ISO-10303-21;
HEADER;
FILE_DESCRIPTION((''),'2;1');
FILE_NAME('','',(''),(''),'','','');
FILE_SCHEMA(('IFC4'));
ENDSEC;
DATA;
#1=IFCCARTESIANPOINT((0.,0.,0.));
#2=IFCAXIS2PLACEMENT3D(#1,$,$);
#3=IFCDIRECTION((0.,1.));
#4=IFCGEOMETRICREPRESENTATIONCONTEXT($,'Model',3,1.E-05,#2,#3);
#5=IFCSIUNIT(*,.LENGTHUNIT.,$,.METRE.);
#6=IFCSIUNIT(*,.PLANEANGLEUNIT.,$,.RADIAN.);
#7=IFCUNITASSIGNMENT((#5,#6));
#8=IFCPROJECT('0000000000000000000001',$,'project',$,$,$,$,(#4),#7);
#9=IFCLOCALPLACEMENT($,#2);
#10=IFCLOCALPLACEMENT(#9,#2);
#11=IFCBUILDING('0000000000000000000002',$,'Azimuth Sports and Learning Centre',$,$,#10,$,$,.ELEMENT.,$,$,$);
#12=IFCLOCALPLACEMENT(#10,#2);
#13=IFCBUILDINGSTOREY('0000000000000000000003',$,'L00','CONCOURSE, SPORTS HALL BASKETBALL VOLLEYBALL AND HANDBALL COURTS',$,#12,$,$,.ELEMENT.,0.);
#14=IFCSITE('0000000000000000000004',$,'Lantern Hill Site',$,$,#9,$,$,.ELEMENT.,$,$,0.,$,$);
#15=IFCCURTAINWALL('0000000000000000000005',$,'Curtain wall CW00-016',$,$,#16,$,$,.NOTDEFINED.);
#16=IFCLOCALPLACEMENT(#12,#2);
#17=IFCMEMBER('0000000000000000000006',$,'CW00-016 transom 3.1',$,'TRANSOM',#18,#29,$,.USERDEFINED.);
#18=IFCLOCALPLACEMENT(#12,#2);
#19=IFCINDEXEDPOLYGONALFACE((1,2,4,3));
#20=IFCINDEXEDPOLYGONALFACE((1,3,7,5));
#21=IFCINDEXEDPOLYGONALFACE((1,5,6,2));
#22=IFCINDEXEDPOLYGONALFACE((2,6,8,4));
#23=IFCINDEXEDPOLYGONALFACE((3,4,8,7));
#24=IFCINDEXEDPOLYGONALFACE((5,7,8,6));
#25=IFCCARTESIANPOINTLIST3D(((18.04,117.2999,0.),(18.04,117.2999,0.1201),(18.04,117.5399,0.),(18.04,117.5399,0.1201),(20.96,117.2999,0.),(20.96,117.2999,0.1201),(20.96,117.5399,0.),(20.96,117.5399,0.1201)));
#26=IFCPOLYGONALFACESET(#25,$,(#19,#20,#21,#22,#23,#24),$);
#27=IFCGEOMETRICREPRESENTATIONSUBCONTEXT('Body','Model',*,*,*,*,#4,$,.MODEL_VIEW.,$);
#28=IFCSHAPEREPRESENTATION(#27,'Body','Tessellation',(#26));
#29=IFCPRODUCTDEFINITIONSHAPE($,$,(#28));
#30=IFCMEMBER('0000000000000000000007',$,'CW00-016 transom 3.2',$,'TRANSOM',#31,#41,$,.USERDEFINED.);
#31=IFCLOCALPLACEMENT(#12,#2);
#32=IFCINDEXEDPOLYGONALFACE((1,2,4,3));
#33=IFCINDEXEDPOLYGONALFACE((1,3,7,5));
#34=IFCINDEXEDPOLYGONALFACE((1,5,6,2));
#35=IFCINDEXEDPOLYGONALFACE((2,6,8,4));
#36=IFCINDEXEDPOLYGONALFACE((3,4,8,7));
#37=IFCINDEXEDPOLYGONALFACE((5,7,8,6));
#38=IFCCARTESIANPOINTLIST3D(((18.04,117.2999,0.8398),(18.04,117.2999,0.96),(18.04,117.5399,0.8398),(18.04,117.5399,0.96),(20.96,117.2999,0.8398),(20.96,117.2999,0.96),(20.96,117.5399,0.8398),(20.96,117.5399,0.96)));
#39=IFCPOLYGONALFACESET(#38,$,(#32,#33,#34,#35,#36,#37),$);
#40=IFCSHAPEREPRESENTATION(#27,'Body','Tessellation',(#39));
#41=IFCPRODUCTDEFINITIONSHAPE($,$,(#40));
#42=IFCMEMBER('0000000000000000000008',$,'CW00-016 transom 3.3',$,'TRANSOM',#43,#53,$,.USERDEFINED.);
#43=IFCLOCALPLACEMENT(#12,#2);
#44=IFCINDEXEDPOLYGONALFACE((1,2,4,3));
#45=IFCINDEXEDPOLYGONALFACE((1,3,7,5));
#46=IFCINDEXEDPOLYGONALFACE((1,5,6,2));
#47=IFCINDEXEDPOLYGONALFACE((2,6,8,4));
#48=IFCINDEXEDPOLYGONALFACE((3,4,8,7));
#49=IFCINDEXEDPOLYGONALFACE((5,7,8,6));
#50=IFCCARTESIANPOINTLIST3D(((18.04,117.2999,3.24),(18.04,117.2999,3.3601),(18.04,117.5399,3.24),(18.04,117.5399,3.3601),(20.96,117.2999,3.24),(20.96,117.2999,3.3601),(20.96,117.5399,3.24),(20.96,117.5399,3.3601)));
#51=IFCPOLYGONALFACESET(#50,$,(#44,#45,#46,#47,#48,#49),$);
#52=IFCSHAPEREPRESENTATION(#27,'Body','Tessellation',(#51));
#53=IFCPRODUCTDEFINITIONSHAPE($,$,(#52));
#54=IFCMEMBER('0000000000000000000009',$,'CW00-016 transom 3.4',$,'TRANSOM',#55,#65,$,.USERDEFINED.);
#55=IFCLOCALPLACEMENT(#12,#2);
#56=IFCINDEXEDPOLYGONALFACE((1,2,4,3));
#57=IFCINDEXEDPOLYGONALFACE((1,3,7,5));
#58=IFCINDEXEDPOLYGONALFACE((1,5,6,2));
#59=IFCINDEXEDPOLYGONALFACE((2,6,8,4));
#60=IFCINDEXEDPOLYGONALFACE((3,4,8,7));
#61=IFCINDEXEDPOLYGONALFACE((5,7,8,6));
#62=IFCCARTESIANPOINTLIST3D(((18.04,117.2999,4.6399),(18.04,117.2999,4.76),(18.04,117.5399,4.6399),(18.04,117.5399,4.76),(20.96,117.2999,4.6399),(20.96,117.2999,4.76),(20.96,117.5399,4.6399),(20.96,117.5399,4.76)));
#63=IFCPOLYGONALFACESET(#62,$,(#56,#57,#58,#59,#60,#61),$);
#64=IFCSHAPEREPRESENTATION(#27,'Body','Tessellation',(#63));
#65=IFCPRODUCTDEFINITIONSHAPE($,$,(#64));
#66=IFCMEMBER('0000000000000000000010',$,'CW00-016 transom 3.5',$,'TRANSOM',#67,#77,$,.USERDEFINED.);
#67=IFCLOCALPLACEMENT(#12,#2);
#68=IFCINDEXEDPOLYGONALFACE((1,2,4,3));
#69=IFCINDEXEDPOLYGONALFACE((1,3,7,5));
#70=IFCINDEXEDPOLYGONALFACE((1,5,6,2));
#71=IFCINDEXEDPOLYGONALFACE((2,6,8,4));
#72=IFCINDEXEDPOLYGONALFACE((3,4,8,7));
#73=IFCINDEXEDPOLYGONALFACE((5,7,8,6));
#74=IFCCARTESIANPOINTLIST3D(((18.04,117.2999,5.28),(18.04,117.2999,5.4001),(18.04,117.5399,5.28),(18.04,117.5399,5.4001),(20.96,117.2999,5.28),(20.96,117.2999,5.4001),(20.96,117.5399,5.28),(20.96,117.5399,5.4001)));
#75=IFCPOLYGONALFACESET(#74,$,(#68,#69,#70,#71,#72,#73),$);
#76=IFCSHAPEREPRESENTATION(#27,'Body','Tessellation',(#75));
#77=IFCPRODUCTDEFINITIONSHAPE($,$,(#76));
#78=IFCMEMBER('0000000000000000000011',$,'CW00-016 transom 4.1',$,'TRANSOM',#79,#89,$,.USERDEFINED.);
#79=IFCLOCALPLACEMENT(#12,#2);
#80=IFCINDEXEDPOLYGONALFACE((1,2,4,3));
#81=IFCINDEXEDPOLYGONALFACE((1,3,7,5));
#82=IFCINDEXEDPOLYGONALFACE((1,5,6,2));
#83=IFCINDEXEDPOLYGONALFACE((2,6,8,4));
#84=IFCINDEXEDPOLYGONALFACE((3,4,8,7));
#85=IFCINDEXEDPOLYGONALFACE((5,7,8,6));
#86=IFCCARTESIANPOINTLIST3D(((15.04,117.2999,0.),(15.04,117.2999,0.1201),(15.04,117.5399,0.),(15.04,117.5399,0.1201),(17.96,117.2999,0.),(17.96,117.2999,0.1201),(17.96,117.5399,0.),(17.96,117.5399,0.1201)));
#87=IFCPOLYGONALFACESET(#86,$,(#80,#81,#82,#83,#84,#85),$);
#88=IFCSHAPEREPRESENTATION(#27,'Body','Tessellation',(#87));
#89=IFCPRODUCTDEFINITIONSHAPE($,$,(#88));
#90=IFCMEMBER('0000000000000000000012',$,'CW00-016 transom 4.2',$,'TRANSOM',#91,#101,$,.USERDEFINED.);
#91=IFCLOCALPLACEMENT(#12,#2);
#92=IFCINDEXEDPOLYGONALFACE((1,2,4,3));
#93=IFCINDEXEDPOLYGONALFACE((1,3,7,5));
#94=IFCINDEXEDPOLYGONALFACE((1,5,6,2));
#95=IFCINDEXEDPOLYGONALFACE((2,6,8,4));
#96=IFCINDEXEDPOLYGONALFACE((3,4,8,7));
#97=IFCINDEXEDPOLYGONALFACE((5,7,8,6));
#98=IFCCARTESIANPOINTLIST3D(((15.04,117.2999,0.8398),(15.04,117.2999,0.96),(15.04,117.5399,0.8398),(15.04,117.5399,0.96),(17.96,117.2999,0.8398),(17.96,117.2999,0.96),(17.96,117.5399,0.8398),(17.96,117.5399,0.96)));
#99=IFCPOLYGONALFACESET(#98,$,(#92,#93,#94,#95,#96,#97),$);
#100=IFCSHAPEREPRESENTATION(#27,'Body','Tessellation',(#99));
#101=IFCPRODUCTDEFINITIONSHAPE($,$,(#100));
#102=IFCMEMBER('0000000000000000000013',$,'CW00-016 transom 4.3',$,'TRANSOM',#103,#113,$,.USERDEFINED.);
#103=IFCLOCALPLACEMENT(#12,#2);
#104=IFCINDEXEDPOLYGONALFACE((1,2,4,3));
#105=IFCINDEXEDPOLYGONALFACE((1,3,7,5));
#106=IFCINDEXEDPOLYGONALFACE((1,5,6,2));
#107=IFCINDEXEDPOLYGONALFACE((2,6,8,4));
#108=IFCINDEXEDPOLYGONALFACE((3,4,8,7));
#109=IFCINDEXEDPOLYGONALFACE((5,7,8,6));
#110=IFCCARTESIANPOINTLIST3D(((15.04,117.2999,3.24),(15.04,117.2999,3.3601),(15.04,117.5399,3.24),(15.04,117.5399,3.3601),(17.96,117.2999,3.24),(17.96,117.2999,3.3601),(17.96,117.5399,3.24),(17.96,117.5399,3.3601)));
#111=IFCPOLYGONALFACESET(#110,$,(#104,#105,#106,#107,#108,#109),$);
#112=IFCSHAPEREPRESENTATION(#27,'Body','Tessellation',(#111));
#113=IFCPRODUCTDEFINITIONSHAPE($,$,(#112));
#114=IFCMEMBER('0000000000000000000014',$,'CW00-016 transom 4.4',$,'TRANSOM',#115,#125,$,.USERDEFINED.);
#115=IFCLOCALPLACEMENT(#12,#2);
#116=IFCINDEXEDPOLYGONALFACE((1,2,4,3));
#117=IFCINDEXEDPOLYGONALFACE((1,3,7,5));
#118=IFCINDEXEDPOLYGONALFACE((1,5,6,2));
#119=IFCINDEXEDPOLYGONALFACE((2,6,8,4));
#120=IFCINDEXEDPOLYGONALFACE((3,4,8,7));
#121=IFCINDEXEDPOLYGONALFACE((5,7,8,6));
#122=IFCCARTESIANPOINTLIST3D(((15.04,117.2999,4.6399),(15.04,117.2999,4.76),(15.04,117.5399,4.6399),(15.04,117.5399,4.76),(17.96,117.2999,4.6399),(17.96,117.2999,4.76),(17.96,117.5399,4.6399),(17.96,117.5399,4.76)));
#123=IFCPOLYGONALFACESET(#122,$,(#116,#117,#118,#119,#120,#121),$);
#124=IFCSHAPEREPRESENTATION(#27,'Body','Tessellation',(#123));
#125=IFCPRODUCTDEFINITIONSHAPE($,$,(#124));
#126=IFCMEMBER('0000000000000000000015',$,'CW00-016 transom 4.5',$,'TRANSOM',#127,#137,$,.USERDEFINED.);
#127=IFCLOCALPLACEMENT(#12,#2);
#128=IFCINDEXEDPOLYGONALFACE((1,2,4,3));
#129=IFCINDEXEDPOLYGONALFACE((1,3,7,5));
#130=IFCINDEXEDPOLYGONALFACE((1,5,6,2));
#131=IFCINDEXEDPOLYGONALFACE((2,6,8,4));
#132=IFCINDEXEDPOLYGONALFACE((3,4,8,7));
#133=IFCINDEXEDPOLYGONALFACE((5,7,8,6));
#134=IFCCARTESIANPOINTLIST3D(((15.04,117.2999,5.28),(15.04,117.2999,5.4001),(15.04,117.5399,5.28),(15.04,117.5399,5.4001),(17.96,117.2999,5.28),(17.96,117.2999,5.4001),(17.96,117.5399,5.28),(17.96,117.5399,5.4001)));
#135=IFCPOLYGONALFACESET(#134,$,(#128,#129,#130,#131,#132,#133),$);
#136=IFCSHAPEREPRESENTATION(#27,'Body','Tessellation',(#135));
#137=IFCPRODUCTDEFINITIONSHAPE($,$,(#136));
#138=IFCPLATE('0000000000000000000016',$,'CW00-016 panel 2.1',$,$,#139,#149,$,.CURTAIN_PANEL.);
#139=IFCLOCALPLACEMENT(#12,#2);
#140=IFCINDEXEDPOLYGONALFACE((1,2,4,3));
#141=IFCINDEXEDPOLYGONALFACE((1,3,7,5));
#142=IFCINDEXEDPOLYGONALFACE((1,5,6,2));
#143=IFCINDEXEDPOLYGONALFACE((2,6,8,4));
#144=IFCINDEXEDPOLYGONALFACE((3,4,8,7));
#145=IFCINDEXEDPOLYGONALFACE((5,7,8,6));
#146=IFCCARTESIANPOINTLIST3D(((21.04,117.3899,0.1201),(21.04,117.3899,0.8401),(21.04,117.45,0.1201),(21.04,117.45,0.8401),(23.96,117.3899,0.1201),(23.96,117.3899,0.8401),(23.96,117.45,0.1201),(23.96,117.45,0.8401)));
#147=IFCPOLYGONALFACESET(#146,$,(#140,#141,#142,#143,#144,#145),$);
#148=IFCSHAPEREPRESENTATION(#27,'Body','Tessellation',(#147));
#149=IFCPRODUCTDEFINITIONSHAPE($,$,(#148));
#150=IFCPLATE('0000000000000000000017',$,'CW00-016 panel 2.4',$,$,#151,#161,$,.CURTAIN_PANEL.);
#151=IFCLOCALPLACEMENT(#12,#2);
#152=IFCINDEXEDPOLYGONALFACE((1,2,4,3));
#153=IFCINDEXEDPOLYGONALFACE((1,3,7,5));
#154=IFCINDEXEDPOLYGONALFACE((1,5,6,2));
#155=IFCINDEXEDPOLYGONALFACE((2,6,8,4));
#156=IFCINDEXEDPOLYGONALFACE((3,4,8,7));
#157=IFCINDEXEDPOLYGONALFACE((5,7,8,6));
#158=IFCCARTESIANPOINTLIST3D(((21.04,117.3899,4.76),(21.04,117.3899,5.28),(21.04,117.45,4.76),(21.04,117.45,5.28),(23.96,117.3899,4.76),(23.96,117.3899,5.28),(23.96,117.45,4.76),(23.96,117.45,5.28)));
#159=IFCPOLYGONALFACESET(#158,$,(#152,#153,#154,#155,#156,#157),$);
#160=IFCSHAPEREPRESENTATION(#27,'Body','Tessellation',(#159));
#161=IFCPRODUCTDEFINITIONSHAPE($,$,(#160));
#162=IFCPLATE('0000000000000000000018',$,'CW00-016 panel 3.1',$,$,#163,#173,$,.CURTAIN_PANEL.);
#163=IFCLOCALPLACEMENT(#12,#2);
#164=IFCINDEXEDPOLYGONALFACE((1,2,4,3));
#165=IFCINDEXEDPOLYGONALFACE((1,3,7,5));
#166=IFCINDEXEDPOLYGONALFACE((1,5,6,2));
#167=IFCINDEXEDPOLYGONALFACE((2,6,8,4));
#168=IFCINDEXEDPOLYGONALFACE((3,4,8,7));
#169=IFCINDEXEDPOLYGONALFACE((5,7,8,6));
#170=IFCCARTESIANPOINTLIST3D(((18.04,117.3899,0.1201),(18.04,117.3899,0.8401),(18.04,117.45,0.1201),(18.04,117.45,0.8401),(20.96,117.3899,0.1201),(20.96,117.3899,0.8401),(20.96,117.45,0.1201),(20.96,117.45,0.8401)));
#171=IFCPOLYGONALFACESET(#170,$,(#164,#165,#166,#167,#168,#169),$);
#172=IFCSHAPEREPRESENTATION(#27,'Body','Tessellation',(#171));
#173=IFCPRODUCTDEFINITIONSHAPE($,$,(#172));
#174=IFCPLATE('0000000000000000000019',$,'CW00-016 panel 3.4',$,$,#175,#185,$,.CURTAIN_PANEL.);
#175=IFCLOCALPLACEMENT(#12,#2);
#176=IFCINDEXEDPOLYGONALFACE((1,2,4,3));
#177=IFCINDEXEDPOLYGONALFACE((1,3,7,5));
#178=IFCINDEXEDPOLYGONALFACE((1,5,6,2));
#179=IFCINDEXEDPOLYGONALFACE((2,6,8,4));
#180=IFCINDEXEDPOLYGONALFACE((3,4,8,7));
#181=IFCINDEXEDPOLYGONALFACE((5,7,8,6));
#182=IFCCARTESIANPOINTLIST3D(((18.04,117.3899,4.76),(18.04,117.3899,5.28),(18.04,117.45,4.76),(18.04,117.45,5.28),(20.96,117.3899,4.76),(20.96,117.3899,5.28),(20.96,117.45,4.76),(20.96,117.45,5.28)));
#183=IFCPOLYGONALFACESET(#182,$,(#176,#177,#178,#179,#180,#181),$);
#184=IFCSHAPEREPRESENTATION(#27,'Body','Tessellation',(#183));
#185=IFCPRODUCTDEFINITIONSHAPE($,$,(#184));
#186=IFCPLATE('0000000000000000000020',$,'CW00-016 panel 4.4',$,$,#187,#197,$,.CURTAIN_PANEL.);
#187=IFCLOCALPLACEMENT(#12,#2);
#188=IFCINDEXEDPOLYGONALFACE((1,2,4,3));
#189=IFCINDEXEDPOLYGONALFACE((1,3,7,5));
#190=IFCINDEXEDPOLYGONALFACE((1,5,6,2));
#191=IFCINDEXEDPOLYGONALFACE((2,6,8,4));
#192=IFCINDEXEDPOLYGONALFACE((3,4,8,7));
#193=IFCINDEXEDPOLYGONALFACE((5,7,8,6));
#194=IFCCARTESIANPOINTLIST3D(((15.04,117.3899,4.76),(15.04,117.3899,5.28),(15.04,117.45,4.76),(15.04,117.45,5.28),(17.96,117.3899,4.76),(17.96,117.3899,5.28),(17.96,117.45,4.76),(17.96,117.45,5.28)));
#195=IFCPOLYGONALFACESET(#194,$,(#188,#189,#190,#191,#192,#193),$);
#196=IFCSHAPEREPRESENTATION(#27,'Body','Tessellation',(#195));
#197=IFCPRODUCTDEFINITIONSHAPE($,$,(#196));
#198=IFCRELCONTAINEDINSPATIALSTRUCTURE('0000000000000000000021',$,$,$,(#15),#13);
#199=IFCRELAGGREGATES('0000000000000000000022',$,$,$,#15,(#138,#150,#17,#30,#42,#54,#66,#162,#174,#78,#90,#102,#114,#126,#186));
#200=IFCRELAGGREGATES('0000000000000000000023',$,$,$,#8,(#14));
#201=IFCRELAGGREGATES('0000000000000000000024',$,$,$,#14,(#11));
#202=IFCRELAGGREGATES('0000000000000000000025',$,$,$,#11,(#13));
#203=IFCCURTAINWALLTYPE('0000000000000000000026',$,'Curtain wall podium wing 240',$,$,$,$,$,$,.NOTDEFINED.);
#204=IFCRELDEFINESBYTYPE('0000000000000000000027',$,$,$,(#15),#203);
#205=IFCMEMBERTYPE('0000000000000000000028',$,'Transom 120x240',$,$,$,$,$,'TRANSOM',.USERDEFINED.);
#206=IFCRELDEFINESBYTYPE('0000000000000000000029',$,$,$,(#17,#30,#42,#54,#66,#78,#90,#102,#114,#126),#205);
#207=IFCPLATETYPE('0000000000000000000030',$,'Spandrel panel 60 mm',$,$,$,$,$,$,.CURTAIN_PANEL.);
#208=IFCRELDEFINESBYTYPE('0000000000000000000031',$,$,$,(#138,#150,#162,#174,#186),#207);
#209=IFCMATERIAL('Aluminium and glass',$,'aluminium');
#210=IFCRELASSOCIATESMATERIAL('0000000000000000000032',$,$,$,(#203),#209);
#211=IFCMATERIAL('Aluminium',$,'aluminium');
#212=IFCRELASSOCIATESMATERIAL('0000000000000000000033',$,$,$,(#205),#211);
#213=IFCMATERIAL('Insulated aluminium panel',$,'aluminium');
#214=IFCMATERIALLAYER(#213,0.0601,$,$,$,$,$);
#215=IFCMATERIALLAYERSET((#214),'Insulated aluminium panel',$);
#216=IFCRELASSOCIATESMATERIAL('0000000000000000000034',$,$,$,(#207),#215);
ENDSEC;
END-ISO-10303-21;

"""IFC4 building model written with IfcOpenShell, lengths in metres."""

from ifc_helpers import new_model, si_unit, direction, frame, origin, origin_2d, place, context, subcontext, project, spatial, rectangle, extrude, material, layer, layer_set, material_profile, profile_set, type_object, element, aggregate, save


model = new_model("IFC4")

# Units and contexts
model_context = context("Model", 3, precision=1e-05, world=origin(), true_north=direction((0.0, 1.0)))
body_context = subcontext(model_context, "Body", "Model", "MODEL_VIEW")
ifc_project = project(units=[si_unit("LENGTHUNIT", "METRE"), si_unit("PLANEANGLEUNIT", "RADIAN")], contexts=[model_context])

# Site, building, storey
site_placement = place(None, origin())
site = spatial("IfcSite", under=ifc_project, at=site_placement, Name="Lantern Hill Site", CompositionType="ELEMENT", RefElevation=0.0)
building_placement = place(site_placement, origin())
building = spatial("IfcBuilding", under=site, at=building_placement, Name="Azimuth Sports and Learning Centre", CompositionType="ELEMENT")
storey_placement = place(building_placement, origin())
storey = spatial("IfcBuildingStorey", under=building, at=storey_placement, Name="L00", Description="CONCOURSE, SPORTS HALL BASKETBALL VOLLEYBALL AND HANDBALL COURTS", CompositionType="ELEMENT", Elevation=0.0)

# Curtain wall, members, plates
ifc_material_1 = material(Name="Aluminium and glass", Category="aluminium")
curtain_wall_type = type_object("IfcCurtainWallType", Name="Curtain wall podium wing 240", PredefinedType="NOTDEFINED", material=ifc_material_1)
curtain_wall_placement = place(storey_placement, origin())
curtain_wall = element("IfcCurtainWall", 1, at=curtain_wall_placement, inside=storey, type_object=curtain_wall_type, Name="Curtain wall CW00-016", PredefinedType="NOTDEFINED")
ifc_material_2 = material(Name="Aluminium", Category="aluminium")
ifc_material_profile_1 = material_profile(ifc_material_2, rectangle(XDim=0.24, YDim=0.1201, at=origin_2d()), Name="Transom 120x240")
ifc_profile_set_1 = profile_set([ifc_material_profile_1], Name="Aluminium")
member_type_1 = type_object("IfcMemberType", Name="Transom 120x240", ElementType="TRANSOM", PredefinedType="USERDEFINED", material=ifc_profile_set_1)
member_1_placement = place(storey_placement, frame((20.96, 117.4199, 0.0601), z_axis=(-1.0, 0.0, 0.0), x_axis=(0.0, -1.0, 0.0)))
member_1 = element("IfcMember", 2, at=member_1_placement, type_object=member_type_1, Name="CW00-016 transom 3.1", ObjectType="TRANSOM", PredefinedType="USERDEFINED", context=body_context, shape_type="SweptSolid", body=[
    extrude(rectangle(XDim=0.24, YDim=0.1201, at=origin_2d()), origin(), (0.0, 0.0, 1.0), 2.9199),
])
member_2_placement = place(storey_placement, frame((20.96, 117.4199, 0.8999), z_axis=(-1.0, 0.0, 0.0), x_axis=(0.0, -1.0, 0.0)))
member_2 = element("IfcMember", 3, at=member_2_placement, type_object=member_type_1, Name="CW00-016 transom 3.2", ObjectType="TRANSOM", PredefinedType="USERDEFINED", context=body_context, shape_type="SweptSolid", body=[
    extrude(rectangle(XDim=0.24, YDim=0.1201, at=origin_2d()), origin(), (0.0, 0.0, 1.0), 2.9199),
])
member_3_placement = place(storey_placement, frame((20.96, 117.4199, 3.3), z_axis=(-1.0, 0.0, 0.0), x_axis=(0.0, -1.0, 0.0)))
member_3 = element("IfcMember", 4, at=member_3_placement, type_object=member_type_1, Name="CW00-016 transom 3.3", ObjectType="TRANSOM", PredefinedType="USERDEFINED", context=body_context, shape_type="SweptSolid", body=[
    extrude(rectangle(XDim=0.24, YDim=0.1201, at=origin_2d()), origin(), (0.0, 0.0, 1.0), 2.9199),
])
member_4_placement = place(storey_placement, frame((20.96, 117.4199, 4.7), z_axis=(-1.0, 0.0, 0.0), x_axis=(0.0, -1.0, 0.0)))
member_4 = element("IfcMember", 5, at=member_4_placement, type_object=member_type_1, Name="CW00-016 transom 3.4", ObjectType="TRANSOM", PredefinedType="USERDEFINED", context=body_context, shape_type="SweptSolid", body=[
    extrude(rectangle(XDim=0.24, YDim=0.1201, at=origin_2d()), origin(), (0.0, 0.0, 1.0), 2.9199),
])
member_5_placement = place(storey_placement, frame((20.96, 117.4199, 5.3401), z_axis=(-1.0, 0.0, 0.0), x_axis=(0.0, -1.0, 0.0)))
member_5 = element("IfcMember", 6, at=member_5_placement, type_object=member_type_1, Name="CW00-016 transom 3.5", ObjectType="TRANSOM", PredefinedType="USERDEFINED", context=body_context, shape_type="SweptSolid", body=[
    extrude(rectangle(XDim=0.24, YDim=0.1201, at=origin_2d()), origin(), (0.0, 0.0, 1.0), 2.9199),
])
member_6_placement = place(storey_placement, frame((17.96, 117.4199, 0.0601), z_axis=(-1.0, 0.0, 0.0), x_axis=(0.0, -1.0, 0.0)))
member_6 = element("IfcMember", 7, at=member_6_placement, type_object=member_type_1, Name="CW00-016 transom 4.1", ObjectType="TRANSOM", PredefinedType="USERDEFINED", context=body_context, shape_type="SweptSolid", body=[
    extrude(rectangle(XDim=0.24, YDim=0.1201, at=origin_2d()), origin(), (0.0, 0.0, 1.0), 2.9199),
])
member_7_placement = place(storey_placement, frame((17.96, 117.4199, 0.8999), z_axis=(-1.0, 0.0, 0.0), x_axis=(0.0, -1.0, 0.0)))
member_7 = element("IfcMember", 8, at=member_7_placement, type_object=member_type_1, Name="CW00-016 transom 4.2", ObjectType="TRANSOM", PredefinedType="USERDEFINED", context=body_context, shape_type="SweptSolid", body=[
    extrude(rectangle(XDim=0.24, YDim=0.1201, at=origin_2d()), origin(), (0.0, 0.0, 1.0), 2.9199),
])
member_8_placement = place(storey_placement, frame((17.96, 117.4199, 3.3), z_axis=(-1.0, 0.0, 0.0), x_axis=(0.0, -1.0, 0.0)))
member_8 = element("IfcMember", 9, at=member_8_placement, type_object=member_type_1, Name="CW00-016 transom 4.3", ObjectType="TRANSOM", PredefinedType="USERDEFINED", context=body_context, shape_type="SweptSolid", body=[
    extrude(rectangle(XDim=0.24, YDim=0.1201, at=origin_2d()), origin(), (0.0, 0.0, 1.0), 2.9199),
])
member_9_placement = place(storey_placement, frame((17.96, 117.4199, 4.7), z_axis=(-1.0, 0.0, 0.0), x_axis=(0.0, -1.0, 0.0)))
member_9 = element("IfcMember", 10, at=member_9_placement, type_object=member_type_1, Name="CW00-016 transom 4.4", ObjectType="TRANSOM", PredefinedType="USERDEFINED", context=body_context, shape_type="SweptSolid", body=[
    extrude(rectangle(XDim=0.24, YDim=0.1201, at=origin_2d()), origin(), (0.0, 0.0, 1.0), 2.9199),
])
member_10_placement = place(storey_placement, frame((17.96, 117.4199, 5.3401), z_axis=(-1.0, 0.0, 0.0), x_axis=(0.0, -1.0, 0.0)))
member_10 = element("IfcMember", 11, at=member_10_placement, type_object=member_type_1, Name="CW00-016 transom 4.5", ObjectType="TRANSOM", PredefinedType="USERDEFINED", context=body_context, shape_type="SweptSolid", body=[
    extrude(rectangle(XDim=0.24, YDim=0.1201, at=origin_2d()), origin(), (0.0, 0.0, 1.0), 2.9199),
])
ifc_material_3 = material(Name="Insulated aluminium panel", Category="aluminium")
ifc_layer_1 = layer(ifc_material_3, 0.0601)
ifc_layer_set_1 = layer_set([ifc_layer_1], Name="Insulated aluminium panel")
plate_type_1 = type_object("IfcPlateType", Name="Spandrel panel 60 mm", PredefinedType="CURTAIN_PANEL", material=ifc_layer_set_1)
plate_1_placement = place(storey_placement, frame((22.5, 117.4199, 0.1201), z_axis=(0.0, 0.0, 1.0), x_axis=(-1.0, 0.0, 0.0)))
plate_1 = element("IfcPlate", 12, at=plate_1_placement, type_object=plate_type_1, Name="CW00-016 panel 2.1", PredefinedType="CURTAIN_PANEL", context=body_context, shape_type="SweptSolid", body=[
    extrude(rectangle(XDim=2.9199, YDim=0.0601, at=origin_2d()), origin(), (0.0, 0.0, 1.0), 0.72),
])
plate_2_placement = place(storey_placement, frame((22.5, 117.4199, 4.76), z_axis=(0.0, 0.0, 1.0), x_axis=(-1.0, 0.0, 0.0)))
plate_2 = element("IfcPlate", 13, at=plate_2_placement, type_object=plate_type_1, Name="CW00-016 panel 2.4", PredefinedType="CURTAIN_PANEL", context=body_context, shape_type="SweptSolid", body=[
    extrude(rectangle(XDim=2.9199, YDim=0.0601, at=origin_2d()), origin(), (0.0, 0.0, 1.0), 0.52),
])
plate_3_placement = place(storey_placement, frame((19.5, 117.4199, 0.1201), z_axis=(0.0, 0.0, 1.0), x_axis=(-1.0, 0.0, 0.0)))
plate_3 = element("IfcPlate", 14, at=plate_3_placement, type_object=plate_type_1, Name="CW00-016 panel 3.1", PredefinedType="CURTAIN_PANEL", context=body_context, shape_type="SweptSolid", body=[
    extrude(rectangle(XDim=2.9199, YDim=0.0601, at=origin_2d()), origin(), (0.0, 0.0, 1.0), 0.72),
])
plate_4_placement = place(storey_placement, frame((19.5, 117.4199, 4.76), z_axis=(0.0, 0.0, 1.0), x_axis=(-1.0, 0.0, 0.0)))
plate_4 = element("IfcPlate", 15, at=plate_4_placement, type_object=plate_type_1, Name="CW00-016 panel 3.4", PredefinedType="CURTAIN_PANEL", context=body_context, shape_type="SweptSolid", body=[
    extrude(rectangle(XDim=2.9199, YDim=0.0601, at=origin_2d()), origin(), (0.0, 0.0, 1.0), 0.52),
])
plate_5_placement = place(storey_placement, frame((16.5, 117.4199, 4.76), z_axis=(0.0, 0.0, 1.0), x_axis=(-1.0, 0.0, 0.0)))
plate_5 = element("IfcPlate", 16, at=plate_5_placement, type_object=plate_type_1, Name="CW00-016 panel 4.4", PredefinedType="CURTAIN_PANEL", context=body_context, shape_type="SweptSolid", body=[
    extrude(rectangle(XDim=2.9199, YDim=0.0601, at=origin_2d()), origin(), (0.0, 0.0, 1.0), 0.52),
])
aggregate(curtain_wall, [plate_1, plate_2, member_1, member_2, member_3, member_4, member_5, plate_3, plate_4, member_6, member_7, member_8, member_9, member_10, plate_5])

save(model, "model.ifc")
